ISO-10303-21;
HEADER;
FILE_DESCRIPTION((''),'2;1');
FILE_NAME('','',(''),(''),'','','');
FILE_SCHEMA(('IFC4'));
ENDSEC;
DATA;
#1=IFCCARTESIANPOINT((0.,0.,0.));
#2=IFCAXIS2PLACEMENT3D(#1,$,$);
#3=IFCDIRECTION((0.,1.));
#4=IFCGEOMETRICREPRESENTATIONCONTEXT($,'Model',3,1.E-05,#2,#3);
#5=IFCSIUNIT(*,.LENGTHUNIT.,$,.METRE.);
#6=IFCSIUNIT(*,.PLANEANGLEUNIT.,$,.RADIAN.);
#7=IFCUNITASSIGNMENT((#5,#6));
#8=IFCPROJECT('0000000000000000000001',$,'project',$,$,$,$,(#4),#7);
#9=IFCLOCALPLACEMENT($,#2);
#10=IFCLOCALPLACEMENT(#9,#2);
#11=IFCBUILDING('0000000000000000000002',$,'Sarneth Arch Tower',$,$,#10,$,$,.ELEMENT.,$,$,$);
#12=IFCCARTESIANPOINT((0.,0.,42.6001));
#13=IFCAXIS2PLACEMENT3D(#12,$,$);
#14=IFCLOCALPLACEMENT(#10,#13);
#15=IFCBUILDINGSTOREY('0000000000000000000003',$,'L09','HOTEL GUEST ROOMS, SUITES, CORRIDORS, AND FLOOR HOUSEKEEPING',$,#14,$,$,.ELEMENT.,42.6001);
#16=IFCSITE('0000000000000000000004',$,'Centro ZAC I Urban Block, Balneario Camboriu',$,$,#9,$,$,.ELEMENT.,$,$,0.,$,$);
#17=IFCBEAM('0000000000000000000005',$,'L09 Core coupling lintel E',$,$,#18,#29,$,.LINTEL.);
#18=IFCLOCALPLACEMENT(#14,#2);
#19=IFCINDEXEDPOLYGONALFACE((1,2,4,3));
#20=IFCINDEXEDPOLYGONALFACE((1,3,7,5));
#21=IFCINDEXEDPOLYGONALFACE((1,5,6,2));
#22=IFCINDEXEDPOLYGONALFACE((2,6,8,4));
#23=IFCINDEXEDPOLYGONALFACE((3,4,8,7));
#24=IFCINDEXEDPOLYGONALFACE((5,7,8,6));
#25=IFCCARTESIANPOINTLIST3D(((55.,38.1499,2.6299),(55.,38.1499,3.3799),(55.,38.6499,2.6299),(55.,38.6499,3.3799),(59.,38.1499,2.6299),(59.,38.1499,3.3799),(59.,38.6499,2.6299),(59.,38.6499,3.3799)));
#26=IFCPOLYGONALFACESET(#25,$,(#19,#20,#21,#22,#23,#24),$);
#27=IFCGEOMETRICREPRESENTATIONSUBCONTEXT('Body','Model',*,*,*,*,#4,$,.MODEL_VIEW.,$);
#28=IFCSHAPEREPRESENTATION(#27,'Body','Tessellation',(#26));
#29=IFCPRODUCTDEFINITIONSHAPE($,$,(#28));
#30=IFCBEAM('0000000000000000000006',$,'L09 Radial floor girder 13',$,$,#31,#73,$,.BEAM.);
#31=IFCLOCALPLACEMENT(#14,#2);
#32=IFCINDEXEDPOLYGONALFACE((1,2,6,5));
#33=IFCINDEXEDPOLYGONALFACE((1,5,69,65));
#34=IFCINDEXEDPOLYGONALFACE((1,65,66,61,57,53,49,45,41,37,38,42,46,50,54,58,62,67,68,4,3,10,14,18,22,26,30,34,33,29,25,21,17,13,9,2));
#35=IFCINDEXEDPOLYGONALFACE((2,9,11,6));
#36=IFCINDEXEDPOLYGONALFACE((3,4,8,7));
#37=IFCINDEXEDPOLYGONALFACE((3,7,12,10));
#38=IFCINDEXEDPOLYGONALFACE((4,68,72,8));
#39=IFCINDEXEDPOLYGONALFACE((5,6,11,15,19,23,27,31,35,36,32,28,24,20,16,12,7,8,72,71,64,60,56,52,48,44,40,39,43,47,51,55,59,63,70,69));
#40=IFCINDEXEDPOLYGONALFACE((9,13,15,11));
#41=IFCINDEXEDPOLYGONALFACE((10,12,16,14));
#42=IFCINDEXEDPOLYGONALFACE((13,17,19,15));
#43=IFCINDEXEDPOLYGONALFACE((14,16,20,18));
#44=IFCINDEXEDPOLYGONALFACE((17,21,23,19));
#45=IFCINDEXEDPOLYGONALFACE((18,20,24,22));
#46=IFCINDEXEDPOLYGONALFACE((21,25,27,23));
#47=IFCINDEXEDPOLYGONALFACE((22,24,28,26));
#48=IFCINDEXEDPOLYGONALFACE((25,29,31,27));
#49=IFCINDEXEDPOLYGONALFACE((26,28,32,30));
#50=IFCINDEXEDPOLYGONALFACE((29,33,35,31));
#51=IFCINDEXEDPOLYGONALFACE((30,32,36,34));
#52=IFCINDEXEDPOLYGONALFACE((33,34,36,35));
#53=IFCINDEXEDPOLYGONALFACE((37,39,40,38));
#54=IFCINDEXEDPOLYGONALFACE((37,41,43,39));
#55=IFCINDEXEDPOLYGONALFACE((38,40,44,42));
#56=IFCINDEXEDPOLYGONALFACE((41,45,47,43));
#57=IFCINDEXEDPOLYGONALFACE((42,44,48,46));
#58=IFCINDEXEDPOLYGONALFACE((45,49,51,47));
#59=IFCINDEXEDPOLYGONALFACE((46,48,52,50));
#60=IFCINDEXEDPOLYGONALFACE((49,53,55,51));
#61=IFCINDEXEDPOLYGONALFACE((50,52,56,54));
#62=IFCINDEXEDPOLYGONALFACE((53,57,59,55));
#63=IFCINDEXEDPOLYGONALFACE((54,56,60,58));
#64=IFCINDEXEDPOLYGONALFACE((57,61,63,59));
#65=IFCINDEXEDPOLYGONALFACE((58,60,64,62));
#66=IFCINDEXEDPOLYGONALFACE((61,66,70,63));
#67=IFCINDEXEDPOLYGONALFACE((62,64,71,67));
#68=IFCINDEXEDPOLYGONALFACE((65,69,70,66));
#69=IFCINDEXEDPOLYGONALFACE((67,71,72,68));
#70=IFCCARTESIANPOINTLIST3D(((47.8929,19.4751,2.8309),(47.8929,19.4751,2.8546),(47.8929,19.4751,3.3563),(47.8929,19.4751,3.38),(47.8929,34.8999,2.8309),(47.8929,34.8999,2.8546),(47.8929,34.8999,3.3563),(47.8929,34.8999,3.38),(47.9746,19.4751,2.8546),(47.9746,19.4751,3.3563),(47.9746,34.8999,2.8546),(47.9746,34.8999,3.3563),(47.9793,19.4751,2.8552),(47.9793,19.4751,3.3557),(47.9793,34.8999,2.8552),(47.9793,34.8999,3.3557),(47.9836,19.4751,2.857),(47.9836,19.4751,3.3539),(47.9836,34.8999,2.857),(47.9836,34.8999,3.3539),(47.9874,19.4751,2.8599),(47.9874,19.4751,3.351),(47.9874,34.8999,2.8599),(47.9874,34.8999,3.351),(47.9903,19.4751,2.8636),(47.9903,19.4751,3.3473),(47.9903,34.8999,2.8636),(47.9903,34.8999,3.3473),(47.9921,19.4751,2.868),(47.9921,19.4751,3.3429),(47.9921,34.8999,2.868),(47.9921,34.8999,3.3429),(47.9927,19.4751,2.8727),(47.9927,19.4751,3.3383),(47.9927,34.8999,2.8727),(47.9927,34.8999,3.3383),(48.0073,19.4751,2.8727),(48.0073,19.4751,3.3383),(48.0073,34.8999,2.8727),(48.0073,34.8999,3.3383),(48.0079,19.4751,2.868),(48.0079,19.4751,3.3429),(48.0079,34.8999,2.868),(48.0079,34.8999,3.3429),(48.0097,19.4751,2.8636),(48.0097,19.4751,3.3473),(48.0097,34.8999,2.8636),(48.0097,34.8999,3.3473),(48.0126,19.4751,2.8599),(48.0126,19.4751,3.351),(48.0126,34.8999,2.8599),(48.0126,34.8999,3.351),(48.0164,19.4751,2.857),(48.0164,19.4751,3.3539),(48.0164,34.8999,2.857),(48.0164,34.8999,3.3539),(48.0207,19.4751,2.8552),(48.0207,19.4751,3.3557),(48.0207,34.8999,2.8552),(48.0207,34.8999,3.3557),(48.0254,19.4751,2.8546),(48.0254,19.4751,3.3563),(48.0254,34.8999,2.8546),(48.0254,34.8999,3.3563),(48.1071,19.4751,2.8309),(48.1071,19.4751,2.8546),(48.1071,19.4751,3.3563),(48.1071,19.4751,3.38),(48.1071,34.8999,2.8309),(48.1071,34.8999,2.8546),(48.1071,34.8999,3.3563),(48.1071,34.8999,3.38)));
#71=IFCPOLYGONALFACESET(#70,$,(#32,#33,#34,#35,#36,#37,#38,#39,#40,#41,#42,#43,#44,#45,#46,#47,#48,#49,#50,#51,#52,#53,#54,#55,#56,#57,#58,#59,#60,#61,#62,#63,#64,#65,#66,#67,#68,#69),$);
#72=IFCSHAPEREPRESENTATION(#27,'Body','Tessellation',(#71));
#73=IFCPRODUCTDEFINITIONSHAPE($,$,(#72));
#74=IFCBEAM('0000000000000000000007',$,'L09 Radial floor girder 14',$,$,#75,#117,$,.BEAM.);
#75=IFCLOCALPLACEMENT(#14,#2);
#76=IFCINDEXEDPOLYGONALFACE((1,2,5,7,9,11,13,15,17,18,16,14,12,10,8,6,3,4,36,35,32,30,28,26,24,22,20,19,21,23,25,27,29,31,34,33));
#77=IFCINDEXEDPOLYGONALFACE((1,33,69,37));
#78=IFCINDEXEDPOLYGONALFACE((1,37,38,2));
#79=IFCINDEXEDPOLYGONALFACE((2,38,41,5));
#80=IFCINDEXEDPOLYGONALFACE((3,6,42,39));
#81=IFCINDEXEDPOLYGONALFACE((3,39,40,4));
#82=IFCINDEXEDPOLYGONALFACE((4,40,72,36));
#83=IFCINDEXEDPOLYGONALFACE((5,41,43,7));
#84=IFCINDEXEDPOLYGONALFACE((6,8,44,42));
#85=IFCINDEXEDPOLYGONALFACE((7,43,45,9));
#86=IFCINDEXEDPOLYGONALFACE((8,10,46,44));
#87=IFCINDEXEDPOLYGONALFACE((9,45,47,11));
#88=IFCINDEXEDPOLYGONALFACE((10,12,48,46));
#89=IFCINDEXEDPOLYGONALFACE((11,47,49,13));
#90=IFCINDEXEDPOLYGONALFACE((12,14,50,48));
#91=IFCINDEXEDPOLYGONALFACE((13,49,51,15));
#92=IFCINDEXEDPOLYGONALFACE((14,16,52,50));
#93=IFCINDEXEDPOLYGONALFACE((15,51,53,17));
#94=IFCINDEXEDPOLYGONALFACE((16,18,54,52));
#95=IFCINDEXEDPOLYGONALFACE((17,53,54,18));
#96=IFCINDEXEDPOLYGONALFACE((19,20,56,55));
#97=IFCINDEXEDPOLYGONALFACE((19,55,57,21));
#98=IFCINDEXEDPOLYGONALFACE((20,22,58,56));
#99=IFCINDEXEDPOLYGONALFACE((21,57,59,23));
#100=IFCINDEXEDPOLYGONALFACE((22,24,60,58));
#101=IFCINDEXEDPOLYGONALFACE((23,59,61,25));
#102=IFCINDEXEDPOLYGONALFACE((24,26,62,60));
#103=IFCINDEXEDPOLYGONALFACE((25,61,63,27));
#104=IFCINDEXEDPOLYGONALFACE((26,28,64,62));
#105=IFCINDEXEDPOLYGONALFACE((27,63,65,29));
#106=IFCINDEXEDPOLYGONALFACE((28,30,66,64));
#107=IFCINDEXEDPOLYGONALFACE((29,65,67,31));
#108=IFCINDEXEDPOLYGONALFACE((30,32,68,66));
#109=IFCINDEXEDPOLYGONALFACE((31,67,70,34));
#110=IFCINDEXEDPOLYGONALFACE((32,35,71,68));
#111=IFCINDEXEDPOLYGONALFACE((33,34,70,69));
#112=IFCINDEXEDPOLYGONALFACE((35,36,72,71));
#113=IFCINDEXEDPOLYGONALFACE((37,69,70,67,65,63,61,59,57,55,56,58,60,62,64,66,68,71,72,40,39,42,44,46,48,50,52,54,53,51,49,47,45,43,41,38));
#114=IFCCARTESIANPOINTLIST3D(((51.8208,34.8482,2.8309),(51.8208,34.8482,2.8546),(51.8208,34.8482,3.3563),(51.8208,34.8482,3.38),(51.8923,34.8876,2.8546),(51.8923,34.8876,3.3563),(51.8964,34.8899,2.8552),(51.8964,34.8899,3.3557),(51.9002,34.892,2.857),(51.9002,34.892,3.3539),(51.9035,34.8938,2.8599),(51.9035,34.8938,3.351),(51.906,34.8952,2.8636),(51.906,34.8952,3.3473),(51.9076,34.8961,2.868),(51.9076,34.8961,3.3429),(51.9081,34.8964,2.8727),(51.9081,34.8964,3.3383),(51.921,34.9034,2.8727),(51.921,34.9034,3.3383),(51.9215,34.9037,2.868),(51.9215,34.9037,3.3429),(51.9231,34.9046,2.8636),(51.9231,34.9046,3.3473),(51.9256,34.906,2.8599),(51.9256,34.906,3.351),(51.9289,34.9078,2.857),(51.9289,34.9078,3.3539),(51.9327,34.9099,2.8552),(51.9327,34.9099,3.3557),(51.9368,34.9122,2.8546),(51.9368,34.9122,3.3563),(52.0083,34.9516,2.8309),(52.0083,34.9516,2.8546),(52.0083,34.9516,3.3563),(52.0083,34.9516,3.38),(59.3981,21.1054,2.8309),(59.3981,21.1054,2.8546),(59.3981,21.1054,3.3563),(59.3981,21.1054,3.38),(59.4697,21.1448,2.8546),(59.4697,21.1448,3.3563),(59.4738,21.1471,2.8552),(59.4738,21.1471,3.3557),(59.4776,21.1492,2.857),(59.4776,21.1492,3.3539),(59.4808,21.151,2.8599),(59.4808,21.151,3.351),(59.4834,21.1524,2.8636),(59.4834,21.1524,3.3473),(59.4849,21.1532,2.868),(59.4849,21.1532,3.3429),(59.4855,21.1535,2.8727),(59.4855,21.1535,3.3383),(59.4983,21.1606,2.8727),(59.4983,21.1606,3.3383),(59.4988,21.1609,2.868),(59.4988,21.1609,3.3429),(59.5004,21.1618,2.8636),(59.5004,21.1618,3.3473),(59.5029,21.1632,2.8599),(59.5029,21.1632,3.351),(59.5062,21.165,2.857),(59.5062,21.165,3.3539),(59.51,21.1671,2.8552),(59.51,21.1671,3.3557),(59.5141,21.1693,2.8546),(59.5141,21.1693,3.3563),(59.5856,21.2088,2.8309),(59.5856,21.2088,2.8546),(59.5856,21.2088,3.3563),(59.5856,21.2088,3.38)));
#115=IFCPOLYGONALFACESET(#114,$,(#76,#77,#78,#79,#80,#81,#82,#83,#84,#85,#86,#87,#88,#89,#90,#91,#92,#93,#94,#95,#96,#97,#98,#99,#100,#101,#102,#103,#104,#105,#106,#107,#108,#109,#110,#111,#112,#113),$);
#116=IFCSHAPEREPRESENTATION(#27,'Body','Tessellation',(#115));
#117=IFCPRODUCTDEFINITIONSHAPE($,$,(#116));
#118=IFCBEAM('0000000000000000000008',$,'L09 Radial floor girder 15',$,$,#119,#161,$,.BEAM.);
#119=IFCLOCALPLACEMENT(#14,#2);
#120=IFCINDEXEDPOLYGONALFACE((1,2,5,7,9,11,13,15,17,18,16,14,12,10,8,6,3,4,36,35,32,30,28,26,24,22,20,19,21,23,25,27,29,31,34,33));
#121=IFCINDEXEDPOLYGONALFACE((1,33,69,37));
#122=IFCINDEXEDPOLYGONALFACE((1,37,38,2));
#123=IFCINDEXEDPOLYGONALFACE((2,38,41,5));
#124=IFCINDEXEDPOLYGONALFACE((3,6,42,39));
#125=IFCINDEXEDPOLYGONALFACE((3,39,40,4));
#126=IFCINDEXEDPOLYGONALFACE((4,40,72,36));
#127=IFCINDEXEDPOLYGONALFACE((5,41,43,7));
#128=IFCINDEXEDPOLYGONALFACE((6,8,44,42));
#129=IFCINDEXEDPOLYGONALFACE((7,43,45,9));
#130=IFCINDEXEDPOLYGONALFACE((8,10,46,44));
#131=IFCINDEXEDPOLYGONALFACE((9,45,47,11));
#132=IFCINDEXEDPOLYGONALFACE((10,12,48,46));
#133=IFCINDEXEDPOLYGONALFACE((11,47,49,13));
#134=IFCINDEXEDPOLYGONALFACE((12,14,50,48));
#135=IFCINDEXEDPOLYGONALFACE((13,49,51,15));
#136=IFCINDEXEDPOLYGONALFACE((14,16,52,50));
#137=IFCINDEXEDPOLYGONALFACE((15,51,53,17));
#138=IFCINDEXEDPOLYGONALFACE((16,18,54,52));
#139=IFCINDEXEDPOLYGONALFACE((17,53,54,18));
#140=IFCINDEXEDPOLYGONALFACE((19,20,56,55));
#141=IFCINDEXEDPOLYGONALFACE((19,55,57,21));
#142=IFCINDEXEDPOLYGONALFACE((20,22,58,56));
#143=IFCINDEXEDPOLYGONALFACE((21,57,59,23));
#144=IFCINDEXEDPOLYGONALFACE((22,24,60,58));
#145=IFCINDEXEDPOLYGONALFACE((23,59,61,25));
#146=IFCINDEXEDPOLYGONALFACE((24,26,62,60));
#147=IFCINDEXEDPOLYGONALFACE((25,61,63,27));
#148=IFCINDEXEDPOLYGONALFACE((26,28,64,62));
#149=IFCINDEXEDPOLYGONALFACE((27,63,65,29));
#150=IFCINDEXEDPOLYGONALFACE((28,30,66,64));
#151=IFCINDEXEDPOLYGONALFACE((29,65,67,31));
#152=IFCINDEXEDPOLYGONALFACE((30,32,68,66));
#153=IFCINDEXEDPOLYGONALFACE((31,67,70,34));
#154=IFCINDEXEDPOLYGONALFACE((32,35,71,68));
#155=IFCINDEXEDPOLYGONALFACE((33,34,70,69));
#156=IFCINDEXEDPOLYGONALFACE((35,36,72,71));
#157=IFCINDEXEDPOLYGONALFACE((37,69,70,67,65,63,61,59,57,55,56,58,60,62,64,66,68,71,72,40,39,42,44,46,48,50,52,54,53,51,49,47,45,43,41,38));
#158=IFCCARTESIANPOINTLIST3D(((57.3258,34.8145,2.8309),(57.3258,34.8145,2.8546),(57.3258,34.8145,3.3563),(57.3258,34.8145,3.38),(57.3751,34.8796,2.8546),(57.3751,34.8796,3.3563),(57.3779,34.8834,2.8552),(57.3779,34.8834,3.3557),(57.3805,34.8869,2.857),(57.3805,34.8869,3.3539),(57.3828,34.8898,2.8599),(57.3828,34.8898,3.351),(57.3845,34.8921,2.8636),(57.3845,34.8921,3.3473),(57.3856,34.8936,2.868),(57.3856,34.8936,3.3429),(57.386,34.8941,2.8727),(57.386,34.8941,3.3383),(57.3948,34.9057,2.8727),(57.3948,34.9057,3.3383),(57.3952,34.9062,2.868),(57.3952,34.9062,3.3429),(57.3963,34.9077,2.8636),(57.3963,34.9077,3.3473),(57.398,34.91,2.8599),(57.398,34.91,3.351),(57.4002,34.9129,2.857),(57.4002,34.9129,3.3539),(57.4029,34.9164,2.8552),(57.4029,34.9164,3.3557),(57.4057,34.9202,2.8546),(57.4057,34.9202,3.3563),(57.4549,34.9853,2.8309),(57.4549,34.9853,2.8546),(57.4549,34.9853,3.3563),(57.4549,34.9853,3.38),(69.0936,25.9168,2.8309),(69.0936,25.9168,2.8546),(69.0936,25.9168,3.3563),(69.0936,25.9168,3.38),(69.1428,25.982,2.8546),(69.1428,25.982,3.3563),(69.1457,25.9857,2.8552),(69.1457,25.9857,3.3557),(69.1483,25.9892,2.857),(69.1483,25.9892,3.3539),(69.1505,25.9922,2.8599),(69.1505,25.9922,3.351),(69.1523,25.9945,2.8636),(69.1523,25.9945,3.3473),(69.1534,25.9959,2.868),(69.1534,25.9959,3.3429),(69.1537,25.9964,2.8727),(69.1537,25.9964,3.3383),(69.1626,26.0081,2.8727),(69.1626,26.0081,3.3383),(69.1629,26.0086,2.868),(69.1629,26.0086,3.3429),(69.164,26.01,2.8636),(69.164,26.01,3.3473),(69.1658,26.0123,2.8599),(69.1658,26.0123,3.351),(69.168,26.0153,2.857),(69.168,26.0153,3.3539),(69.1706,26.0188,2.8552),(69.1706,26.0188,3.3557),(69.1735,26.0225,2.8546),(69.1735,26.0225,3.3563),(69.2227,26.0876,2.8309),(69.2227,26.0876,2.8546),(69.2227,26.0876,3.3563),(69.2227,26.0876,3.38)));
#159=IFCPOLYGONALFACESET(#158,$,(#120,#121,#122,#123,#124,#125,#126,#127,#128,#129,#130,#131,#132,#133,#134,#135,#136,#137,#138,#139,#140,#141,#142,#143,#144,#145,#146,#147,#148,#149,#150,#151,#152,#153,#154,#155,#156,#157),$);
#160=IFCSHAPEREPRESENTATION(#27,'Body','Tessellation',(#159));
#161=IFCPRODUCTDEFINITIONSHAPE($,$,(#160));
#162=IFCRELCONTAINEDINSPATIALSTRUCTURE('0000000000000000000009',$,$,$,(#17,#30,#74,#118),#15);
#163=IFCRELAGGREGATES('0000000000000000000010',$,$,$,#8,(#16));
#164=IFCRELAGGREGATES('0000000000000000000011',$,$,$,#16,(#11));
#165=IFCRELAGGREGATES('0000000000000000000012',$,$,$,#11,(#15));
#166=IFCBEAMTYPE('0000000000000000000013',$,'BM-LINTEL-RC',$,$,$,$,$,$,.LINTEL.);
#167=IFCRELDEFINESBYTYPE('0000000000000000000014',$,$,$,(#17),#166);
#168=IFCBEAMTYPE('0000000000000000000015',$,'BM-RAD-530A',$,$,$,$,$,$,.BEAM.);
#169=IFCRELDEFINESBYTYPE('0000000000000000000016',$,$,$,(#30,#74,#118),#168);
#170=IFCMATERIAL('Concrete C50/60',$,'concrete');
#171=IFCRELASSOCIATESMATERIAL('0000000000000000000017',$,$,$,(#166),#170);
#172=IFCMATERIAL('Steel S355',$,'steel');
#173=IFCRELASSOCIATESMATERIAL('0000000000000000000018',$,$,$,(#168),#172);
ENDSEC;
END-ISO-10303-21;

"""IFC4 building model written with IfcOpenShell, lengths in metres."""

from ifc_helpers import new_model, si_unit, direction, frame, origin, origin_2d, place, context, subcontext, project, spatial, rectangle, i_section, extrude, material, material_profile, profile_set, type_object, element, save


model = new_model("IFC4")

# Units and contexts
model_context = context("Model", 3, precision=1e-05, world=origin(), true_north=direction((0.0, 1.0)))
body_context = subcontext(model_context, "Body", "Model", "MODEL_VIEW")
ifc_project = project(units=[si_unit("LENGTHUNIT", "METRE"), si_unit("PLANEANGLEUNIT", "RADIAN")], contexts=[model_context])

# Site, building, storey
site_placement = place(None, origin())
site = spatial("IfcSite", under=ifc_project, at=site_placement, Name="Centro ZAC I Urban Block, Balneario Camboriu", CompositionType="ELEMENT", RefElevation=0.0)
building_placement = place(site_placement, origin())
building = spatial("IfcBuilding", under=site, at=building_placement, Name="Sarneth Arch Tower", CompositionType="ELEMENT")
storey_placement = place(building_placement, frame((0.0, 0.0, 42.6001)))
storey = spatial("IfcBuildingStorey", under=building, at=storey_placement, Name="L09", Description="HOTEL GUEST ROOMS, SUITES, CORRIDORS, AND FLOOR HOUSEKEEPING", CompositionType="ELEMENT", Elevation=42.6001)

# Beams
ifc_material_1 = material(Name="Concrete C50/60", Category="concrete")
ifc_material_profile_1 = material_profile(ifc_material_1, rectangle(XDim=0.5, YDim=0.75, at=origin_2d()), Name="RC-500x750")
ifc_profile_set_1 = profile_set([ifc_material_profile_1], Name="Concrete C50/60")
beam_type_1 = type_object("IfcBeamType", Name="BM-LINTEL-RC", PredefinedType="LINTEL", material=ifc_profile_set_1)
beam_1_placement = place(storey_placement, frame((55.0, 38.3999, 3.0049), z_axis=(1.0, 0.0, 0.0), x_axis=(0.0, 1.0, 0.0)))
element("IfcBeam", 1, at=beam_1_placement, inside=storey, type_object=beam_type_1, Name="L09 Core coupling lintel E", PredefinedType="LINTEL", context=body_context, shape_type="SweptSolid", body=[
    extrude(rectangle(XDim=0.5, YDim=0.75, at=origin_2d()), origin(), (0.0, 0.0, 1.0), 4.0),
])
ifc_material_2 = material(Name="Steel S355", Category="steel")
ifc_material_profile_2 = material_profile(ifc_material_2, i_section(OverallWidth=0.2141, OverallDepth=0.5491, WebThickness=0.0146, FlangeThickness=0.0237, FilletRadius=0.0181, at=origin_2d()), Name="W530x138")
ifc_profile_set_2 = profile_set([ifc_material_profile_2], Name="Steel S355")
beam_type_2 = type_object("IfcBeamType", Name="BM-RAD-530A", PredefinedType="BEAM", material=ifc_profile_set_2)
beam_2_placement = place(storey_placement, frame((48.0, 34.8999, 3.1055), z_axis=(0.0, -1.0, 0.0), x_axis=(1.0, 0.0, 0.0)))
element("IfcBeam", 2, at=beam_2_placement, inside=storey, type_object=beam_type_2, Name="L09 Radial floor girder 13", PredefinedType="BEAM", context=body_context, shape_type="SweptSolid", body=[
    extrude(i_section(OverallWidth=0.2141, OverallDepth=0.5491, WebThickness=0.0146, FlangeThickness=0.0237, FilletRadius=0.0181, at=origin_2d()), origin(), (0.0, 0.0, 1.0), 15.4248),
])
beam_3_placement = place(storey_placement, frame((51.9146, 34.8999, 3.1055), z_axis=(0.482838, -0.87571, 0.0), x_axis=(0.87571, 0.482838, 0.0)))
element("IfcBeam", 3, at=beam_3_placement, inside=storey, type_object=beam_type_2, Name="L09 Radial floor girder 14", PredefinedType="BEAM", context=body_context, shape_type="SweptSolid", body=[
    extrude(i_section(OverallWidth=0.2141, OverallDepth=0.5491, WebThickness=0.0146, FlangeThickness=0.0237, FilletRadius=0.0181, at=origin_2d()), origin(), (0.0, 0.0, 1.0), 15.6934),
])
beam_4_placement = place(storey_placement, frame((57.3904, 34.8999, 3.1055), z_axis=(0.797657, -0.603112, 0.0), x_axis=(0.603112, 0.797657, 0.0)))
element("IfcBeam", 4, at=beam_4_placement, inside=storey, type_object=beam_type_2, Name="L09 Radial floor girder 15", PredefinedType="BEAM", context=body_context, shape_type="SweptSolid", body=[
    extrude(i_section(OverallWidth=0.2141, OverallDepth=0.5491, WebThickness=0.0146, FlangeThickness=0.0237, FilletRadius=0.0181, at=origin_2d()), origin(), (0.0, 0.0, 1.0), 14.7529),
])

save(model, "model.ifc")
